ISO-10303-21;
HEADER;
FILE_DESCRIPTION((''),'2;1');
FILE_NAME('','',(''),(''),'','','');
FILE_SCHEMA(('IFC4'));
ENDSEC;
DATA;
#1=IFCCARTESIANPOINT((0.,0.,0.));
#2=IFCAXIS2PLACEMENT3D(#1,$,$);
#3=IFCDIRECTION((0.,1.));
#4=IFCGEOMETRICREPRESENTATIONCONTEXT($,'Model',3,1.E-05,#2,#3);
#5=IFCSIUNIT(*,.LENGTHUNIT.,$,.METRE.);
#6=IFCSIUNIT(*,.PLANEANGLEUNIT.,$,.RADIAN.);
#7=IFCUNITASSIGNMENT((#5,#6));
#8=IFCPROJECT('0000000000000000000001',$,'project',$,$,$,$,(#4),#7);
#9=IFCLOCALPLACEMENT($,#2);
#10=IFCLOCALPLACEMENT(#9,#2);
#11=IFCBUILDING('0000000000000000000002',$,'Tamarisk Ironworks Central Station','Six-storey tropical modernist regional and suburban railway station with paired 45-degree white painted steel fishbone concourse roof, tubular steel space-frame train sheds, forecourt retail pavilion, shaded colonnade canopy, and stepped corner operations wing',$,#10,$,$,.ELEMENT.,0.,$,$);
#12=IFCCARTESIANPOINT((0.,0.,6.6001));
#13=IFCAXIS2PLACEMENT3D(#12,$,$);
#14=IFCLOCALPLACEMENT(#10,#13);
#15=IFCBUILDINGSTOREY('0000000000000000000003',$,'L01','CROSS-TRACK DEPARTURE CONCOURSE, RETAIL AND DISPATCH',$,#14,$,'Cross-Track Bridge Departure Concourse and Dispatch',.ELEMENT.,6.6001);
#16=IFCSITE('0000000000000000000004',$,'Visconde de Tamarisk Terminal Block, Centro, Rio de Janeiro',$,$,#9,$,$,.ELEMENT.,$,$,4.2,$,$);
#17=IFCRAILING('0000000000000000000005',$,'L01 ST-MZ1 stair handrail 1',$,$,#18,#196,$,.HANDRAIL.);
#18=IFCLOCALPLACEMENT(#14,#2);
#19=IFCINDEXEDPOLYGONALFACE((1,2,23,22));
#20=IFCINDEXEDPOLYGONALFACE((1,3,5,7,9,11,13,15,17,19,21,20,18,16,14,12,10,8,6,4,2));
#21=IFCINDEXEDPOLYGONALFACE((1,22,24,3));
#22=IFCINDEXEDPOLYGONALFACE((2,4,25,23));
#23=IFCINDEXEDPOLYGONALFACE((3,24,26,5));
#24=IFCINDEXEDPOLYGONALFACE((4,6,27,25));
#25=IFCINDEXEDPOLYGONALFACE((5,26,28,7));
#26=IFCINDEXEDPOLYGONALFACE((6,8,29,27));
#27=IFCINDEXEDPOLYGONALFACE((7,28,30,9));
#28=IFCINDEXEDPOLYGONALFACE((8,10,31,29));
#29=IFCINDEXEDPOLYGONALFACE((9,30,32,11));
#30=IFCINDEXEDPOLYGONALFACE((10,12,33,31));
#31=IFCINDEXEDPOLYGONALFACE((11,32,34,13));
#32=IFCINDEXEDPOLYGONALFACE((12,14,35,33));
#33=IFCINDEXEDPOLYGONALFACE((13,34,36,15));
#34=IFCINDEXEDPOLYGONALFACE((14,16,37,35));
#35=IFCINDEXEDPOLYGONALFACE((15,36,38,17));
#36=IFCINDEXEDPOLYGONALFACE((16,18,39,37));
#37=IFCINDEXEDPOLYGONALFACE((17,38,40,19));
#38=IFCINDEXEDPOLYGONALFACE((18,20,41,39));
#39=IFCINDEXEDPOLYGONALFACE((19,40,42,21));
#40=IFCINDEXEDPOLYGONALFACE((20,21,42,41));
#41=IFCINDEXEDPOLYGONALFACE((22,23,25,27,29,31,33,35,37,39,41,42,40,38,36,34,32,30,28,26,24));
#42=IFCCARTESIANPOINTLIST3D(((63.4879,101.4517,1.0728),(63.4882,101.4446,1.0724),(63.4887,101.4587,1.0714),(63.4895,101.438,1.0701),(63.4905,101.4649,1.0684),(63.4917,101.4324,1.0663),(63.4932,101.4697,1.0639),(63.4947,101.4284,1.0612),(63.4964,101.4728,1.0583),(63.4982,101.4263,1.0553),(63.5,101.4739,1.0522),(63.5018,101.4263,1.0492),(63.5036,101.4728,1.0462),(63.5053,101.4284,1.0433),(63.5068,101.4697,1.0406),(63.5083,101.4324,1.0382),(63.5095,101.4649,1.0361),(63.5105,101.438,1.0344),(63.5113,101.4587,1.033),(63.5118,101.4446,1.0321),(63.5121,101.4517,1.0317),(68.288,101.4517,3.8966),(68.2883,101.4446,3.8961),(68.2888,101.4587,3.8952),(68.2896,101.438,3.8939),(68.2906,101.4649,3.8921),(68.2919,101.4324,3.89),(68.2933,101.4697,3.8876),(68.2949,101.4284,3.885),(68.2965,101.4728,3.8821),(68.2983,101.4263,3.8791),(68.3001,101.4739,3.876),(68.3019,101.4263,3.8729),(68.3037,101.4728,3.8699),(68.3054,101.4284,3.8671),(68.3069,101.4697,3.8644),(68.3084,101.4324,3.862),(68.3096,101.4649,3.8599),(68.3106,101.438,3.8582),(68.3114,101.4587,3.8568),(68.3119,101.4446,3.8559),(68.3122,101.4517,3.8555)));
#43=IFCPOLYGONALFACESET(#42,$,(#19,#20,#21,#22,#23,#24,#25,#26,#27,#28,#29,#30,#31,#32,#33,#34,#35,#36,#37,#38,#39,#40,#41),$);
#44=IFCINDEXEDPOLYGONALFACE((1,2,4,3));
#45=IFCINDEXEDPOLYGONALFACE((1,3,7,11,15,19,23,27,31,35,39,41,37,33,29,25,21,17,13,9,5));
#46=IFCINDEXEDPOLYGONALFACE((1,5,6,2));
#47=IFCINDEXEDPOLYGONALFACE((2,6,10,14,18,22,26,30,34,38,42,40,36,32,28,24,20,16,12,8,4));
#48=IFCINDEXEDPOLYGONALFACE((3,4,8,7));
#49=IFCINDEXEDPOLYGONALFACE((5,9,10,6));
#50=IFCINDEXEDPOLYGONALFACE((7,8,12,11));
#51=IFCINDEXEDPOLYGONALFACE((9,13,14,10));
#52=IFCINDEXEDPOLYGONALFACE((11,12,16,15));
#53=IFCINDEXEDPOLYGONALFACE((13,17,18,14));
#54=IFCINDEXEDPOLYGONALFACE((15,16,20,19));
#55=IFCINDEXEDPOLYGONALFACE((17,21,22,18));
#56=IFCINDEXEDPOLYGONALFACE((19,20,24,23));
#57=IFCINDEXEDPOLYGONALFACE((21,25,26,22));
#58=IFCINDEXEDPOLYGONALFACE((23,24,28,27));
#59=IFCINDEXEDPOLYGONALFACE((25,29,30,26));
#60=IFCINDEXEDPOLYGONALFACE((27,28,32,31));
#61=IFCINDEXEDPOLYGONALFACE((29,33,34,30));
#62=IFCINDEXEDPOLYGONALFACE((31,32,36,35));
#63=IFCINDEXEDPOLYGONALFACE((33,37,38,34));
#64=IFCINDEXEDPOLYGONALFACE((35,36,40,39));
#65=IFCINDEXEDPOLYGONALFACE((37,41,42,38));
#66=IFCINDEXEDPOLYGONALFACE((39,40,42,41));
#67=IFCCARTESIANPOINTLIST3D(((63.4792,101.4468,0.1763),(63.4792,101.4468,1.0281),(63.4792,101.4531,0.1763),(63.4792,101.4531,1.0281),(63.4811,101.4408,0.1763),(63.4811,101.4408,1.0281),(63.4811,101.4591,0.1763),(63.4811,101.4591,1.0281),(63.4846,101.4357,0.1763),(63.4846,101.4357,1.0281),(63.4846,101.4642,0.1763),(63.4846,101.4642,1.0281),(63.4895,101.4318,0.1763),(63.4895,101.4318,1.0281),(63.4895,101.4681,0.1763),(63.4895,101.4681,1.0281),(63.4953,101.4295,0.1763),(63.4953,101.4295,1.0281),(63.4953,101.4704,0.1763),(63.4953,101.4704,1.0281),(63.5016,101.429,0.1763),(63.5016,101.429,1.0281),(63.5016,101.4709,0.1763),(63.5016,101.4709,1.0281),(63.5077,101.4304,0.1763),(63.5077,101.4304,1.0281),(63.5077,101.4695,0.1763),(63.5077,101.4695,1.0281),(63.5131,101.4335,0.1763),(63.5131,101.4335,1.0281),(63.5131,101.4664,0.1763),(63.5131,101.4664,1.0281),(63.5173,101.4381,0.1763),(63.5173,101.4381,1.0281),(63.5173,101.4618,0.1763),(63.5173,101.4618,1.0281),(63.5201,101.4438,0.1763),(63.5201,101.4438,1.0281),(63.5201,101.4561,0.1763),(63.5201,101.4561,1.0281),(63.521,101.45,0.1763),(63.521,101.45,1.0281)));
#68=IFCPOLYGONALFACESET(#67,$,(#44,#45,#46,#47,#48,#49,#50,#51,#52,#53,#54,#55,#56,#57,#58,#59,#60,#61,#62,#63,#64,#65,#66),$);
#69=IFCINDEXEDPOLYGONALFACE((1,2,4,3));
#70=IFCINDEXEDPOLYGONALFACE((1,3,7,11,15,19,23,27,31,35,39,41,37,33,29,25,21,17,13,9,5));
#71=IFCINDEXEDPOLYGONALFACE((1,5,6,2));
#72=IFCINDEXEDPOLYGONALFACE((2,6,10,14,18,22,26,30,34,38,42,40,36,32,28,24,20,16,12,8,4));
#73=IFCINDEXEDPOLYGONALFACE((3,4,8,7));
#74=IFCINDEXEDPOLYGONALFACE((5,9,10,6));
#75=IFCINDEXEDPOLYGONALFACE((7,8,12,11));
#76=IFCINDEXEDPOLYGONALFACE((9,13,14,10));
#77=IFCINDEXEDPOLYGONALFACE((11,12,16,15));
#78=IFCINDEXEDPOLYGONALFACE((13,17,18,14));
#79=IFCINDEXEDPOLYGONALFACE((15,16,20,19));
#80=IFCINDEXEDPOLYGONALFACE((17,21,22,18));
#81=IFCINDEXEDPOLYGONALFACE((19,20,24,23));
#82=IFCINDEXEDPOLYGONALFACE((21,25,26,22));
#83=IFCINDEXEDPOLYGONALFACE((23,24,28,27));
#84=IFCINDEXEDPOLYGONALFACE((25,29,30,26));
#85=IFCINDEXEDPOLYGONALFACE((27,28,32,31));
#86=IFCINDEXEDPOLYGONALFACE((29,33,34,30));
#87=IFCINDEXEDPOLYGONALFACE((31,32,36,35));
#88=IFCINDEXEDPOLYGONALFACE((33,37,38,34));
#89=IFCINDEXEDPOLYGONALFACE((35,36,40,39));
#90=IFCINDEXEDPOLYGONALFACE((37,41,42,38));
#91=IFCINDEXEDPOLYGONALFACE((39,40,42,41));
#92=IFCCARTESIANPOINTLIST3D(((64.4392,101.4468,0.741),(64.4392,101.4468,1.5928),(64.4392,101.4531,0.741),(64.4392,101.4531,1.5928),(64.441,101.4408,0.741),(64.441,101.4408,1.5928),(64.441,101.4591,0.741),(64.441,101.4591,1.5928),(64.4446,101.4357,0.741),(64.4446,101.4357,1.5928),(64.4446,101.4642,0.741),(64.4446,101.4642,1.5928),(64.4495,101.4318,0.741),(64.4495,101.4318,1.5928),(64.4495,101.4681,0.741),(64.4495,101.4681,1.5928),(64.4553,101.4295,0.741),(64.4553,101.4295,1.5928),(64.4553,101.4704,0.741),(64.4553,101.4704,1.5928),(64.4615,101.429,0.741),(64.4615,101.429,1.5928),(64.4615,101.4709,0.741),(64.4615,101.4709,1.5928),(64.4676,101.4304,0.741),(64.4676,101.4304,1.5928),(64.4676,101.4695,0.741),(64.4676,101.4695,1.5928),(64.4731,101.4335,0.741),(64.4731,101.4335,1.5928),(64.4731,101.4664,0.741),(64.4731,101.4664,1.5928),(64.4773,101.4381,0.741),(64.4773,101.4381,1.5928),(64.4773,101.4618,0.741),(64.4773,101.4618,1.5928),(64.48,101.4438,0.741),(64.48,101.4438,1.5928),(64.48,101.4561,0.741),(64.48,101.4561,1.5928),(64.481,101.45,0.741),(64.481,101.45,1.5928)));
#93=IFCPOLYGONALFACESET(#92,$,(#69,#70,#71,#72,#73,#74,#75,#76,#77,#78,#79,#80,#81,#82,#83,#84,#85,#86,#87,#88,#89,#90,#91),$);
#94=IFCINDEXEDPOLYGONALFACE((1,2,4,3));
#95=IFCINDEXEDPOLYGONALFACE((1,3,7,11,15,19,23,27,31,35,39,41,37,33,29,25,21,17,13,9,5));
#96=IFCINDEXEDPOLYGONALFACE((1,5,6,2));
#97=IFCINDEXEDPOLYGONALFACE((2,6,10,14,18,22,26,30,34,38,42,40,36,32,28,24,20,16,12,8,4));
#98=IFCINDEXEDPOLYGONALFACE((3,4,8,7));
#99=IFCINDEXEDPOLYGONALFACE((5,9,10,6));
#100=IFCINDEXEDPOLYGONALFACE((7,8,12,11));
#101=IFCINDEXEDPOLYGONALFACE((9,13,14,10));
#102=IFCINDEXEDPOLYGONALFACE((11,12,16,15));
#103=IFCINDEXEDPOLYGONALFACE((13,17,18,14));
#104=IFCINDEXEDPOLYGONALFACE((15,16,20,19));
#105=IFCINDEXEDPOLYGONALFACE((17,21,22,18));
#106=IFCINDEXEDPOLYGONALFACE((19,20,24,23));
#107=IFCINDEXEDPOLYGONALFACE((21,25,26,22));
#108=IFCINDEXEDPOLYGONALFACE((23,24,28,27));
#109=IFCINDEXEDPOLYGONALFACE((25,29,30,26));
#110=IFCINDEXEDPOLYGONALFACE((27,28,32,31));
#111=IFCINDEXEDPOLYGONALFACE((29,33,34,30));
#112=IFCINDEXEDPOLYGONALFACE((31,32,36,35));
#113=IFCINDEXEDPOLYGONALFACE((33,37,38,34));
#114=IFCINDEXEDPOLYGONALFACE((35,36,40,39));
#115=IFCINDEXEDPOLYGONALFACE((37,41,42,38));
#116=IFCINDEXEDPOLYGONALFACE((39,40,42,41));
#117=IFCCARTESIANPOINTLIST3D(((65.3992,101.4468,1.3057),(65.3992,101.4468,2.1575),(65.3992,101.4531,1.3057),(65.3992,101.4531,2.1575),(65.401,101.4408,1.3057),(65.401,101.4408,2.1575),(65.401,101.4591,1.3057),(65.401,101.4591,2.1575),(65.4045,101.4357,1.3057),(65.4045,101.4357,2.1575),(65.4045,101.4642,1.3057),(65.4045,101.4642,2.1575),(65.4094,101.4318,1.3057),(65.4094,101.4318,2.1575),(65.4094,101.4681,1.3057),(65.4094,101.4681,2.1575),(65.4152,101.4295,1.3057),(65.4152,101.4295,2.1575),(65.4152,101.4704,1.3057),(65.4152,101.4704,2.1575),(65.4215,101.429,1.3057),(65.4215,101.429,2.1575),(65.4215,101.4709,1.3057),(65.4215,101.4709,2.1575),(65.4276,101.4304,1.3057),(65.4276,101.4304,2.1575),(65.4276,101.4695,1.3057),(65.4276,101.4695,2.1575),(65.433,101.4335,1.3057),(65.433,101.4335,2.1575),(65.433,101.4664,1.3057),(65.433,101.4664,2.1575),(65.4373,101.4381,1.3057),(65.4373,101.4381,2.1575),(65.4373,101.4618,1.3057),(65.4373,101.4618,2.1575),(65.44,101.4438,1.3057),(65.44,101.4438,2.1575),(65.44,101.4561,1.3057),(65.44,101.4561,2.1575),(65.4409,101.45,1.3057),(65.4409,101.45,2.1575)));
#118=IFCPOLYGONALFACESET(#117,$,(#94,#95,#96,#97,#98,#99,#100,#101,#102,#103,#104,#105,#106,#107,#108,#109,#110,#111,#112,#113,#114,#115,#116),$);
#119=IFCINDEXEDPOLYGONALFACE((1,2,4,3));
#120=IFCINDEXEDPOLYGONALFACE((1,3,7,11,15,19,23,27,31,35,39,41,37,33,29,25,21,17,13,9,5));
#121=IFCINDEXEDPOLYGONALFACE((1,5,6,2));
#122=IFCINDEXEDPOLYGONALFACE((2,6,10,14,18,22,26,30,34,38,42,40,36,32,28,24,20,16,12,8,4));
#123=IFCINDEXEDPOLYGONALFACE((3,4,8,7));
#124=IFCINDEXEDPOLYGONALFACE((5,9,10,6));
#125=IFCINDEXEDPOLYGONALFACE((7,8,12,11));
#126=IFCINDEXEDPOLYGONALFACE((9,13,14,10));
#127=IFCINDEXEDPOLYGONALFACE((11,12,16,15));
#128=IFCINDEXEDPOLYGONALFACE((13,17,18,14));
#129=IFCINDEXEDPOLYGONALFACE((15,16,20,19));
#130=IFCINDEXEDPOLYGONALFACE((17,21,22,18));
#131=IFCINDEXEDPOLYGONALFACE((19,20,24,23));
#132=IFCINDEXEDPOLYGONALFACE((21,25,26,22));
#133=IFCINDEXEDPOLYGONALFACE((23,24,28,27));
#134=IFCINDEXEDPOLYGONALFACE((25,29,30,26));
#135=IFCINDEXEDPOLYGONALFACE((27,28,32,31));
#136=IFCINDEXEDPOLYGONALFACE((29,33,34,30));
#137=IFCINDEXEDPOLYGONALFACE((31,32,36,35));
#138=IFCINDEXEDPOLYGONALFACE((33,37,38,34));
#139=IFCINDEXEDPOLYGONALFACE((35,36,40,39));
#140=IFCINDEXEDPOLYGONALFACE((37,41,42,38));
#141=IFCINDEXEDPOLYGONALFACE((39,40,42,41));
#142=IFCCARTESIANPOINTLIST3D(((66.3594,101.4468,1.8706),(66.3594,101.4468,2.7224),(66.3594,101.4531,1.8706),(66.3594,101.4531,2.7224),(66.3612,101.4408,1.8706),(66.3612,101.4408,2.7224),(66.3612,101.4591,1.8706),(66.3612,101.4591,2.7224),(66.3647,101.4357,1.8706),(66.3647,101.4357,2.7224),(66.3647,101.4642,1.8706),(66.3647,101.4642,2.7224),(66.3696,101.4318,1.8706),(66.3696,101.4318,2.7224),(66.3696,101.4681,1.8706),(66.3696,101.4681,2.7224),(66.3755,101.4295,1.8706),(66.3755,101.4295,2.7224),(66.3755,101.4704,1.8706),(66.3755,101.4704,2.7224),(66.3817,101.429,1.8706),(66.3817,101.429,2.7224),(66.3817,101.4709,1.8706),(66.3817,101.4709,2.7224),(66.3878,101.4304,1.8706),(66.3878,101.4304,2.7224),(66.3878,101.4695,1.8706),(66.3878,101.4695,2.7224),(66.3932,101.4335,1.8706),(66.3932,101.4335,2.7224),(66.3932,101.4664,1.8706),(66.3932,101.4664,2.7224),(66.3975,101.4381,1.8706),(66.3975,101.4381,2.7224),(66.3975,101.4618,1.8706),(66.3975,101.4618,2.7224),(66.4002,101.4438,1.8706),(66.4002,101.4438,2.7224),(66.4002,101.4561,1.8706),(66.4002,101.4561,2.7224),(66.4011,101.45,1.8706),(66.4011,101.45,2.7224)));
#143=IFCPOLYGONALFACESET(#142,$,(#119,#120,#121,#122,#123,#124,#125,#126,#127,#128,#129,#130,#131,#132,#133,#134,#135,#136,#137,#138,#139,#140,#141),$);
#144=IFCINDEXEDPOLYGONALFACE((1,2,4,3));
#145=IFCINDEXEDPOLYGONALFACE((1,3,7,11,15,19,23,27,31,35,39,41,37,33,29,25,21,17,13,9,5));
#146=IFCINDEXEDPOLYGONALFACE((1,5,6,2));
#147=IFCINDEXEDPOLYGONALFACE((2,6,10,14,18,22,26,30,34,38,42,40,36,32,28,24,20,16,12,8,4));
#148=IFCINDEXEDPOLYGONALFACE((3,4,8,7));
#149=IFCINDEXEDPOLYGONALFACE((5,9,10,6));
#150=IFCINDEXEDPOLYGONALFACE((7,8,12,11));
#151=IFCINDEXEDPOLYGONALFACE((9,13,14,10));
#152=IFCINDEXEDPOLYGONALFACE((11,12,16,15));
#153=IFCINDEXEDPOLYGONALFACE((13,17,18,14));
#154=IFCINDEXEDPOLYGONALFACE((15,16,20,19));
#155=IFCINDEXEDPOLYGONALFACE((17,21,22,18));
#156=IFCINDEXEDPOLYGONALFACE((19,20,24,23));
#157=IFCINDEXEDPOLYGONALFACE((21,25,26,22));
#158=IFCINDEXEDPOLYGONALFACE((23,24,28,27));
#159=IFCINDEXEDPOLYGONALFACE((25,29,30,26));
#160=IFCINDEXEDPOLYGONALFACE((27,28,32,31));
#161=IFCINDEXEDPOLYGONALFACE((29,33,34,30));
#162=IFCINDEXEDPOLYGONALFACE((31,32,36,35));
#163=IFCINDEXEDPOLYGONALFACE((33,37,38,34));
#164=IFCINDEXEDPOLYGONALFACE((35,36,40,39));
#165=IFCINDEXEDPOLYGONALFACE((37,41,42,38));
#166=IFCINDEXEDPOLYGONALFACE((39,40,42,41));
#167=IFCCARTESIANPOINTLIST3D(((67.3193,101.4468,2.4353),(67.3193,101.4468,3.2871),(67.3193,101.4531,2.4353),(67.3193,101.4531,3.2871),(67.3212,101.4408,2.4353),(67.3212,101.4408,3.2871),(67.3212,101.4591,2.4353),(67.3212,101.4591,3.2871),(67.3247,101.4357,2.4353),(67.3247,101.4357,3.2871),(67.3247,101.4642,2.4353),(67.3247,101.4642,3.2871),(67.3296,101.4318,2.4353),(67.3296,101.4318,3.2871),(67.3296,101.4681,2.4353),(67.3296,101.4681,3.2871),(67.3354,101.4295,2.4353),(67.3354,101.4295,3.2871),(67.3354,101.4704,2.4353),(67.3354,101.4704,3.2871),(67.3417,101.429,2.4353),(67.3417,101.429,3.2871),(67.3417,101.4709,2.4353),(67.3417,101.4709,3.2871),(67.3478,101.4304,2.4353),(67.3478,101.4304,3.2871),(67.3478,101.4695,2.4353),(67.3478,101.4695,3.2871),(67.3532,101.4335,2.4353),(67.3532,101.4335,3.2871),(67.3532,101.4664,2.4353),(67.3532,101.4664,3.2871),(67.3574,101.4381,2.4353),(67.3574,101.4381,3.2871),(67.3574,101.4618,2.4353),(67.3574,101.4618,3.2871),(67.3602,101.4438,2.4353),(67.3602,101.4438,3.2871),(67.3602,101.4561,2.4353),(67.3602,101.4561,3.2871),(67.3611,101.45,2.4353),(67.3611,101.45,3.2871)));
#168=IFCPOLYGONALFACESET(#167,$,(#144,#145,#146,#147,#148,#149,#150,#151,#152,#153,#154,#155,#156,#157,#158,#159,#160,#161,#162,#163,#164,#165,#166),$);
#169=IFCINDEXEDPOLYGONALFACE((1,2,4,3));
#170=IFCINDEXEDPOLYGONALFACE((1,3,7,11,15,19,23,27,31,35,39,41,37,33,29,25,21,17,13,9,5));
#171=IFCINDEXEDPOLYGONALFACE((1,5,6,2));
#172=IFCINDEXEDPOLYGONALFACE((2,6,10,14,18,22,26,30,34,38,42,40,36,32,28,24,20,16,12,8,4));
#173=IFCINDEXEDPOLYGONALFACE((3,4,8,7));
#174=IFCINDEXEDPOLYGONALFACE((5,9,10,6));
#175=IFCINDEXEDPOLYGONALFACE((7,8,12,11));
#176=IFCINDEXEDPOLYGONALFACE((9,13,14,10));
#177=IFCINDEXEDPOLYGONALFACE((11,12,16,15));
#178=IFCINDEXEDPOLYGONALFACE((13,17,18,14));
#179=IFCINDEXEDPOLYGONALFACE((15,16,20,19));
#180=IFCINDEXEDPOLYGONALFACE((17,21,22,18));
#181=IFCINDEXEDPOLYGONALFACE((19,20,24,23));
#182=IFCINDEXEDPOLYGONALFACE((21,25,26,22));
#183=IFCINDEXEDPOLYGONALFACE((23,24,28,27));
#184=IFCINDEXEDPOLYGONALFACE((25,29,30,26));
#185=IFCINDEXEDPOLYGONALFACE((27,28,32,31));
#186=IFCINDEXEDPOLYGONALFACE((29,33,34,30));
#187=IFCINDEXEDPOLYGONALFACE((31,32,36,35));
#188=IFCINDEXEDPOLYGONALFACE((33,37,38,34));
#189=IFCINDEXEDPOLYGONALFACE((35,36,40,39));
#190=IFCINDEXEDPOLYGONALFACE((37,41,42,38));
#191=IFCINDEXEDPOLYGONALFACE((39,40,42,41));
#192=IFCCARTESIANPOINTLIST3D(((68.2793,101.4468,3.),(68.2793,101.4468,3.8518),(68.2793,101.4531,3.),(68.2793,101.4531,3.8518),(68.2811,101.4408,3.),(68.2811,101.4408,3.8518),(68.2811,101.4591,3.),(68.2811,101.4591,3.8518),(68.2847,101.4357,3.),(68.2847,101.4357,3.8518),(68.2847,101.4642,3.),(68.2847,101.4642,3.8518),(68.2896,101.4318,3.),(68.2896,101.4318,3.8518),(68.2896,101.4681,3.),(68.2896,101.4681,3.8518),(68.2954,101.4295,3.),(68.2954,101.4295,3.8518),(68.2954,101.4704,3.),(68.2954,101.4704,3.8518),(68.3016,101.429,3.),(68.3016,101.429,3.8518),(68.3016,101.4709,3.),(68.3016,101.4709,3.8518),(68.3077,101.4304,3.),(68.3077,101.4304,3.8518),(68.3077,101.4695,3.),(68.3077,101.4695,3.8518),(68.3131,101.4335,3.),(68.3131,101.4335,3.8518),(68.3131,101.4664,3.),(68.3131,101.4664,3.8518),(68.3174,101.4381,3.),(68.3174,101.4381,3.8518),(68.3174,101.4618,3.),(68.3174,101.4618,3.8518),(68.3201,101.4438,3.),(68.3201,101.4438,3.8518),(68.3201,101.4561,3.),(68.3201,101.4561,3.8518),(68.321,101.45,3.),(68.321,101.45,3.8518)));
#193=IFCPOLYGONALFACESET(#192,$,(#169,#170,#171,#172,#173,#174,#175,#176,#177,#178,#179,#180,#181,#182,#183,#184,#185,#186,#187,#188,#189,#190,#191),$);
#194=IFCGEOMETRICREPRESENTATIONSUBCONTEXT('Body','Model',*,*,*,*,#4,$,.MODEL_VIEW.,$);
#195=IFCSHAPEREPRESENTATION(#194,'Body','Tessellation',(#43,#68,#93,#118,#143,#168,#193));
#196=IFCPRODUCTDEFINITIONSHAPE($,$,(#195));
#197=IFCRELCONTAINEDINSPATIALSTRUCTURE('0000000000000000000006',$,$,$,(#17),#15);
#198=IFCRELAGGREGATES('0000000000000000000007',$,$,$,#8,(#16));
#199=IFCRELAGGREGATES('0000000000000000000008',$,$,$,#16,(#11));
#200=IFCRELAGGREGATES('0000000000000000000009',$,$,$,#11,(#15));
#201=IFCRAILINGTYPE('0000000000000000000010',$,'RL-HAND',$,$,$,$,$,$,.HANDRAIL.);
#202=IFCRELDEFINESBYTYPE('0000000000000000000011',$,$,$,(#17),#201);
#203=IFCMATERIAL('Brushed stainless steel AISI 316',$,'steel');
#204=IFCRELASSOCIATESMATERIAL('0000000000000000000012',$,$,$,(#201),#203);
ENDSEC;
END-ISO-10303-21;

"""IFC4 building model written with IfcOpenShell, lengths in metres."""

from ifc_helpers import new_model, si_unit, direction, frame, origin, origin_2d, place, context, subcontext, project, spatial, circle, extrude, material, type_object, element, save


model = new_model("IFC4")

# Units and contexts
model_context = context("Model", 3, precision=1e-05, world=origin(), true_north=direction((0.0, 1.0)))
body_context = subcontext(model_context, "Body", "Model", "MODEL_VIEW")
ifc_project = project(units=[si_unit("LENGTHUNIT", "METRE"), si_unit("PLANEANGLEUNIT", "RADIAN")], contexts=[model_context])

# Site, building, storey
site_placement = place(None, origin())
site = spatial("IfcSite", under=ifc_project, at=site_placement, Name="Visconde de Tamarisk Terminal Block, Centro, Rio de Janeiro", CompositionType="ELEMENT", RefElevation=4.2)
building_placement = place(site_placement, origin())
building = spatial("IfcBuilding", under=site, at=building_placement, Name="Tamarisk Ironworks Central Station", Description="Six-storey tropical modernist regional and suburban railway station with paired 45-degree white painted steel fishbone concourse roof, tubular steel space-frame train sheds, forecourt retail pavilion, shaded colonnade canopy, and stepped corner operations wing", CompositionType="ELEMENT", ElevationOfRefHeight=0.0)
storey_placement = place(building_placement, frame((0.0, 0.0, 6.6001)))
storey = spatial("IfcBuildingStorey", under=building, at=storey_placement, Name="L01", Description="CROSS-TRACK DEPARTURE CONCOURSE, RETAIL AND DISPATCH", LongName="Cross-Track Bridge Departure Concourse and Dispatch", CompositionType="ELEMENT", Elevation=6.6001)

# Shared definitions
ifc_material_1 = material(Name="Brushed stainless steel AISI 316", Category="steel")

# Railing
railing_type_1 = type_object("IfcRailingType", Name="RL-HAND", PredefinedType="HANDRAIL", material=ifc_material_1)
railing_1_placement = place(storey_placement, frame((63.5, 101.45, 0.1763)))
element("IfcRailing", 1, at=railing_1_placement, inside=storey, type_object=railing_type_1, Name="L01 ST-MZ1 stair handrail 1", PredefinedType="HANDRAIL", context=body_context, shape_type="SweptSolid", body=[
    extrude(circle(Radius=0.0239, at=origin_2d()), frame((0.0, 0.0, 0.876), z_axis=(0.861921, 0.0, 0.507043), x_axis=(0.0, 1.0, 0.0)), (0.0, 0.0, 1.0), 5.5691),
    extrude(circle(Radius=0.021, at=origin_2d()), origin(), (0.0, 0.0, 1.0), 0.8518),
    extrude(circle(Radius=0.021, at=origin_2d()), frame((0.96, 0.0, 0.5647)), (0.0, 0.0, 1.0), 0.8518),
    extrude(circle(Radius=0.021, at=origin_2d()), frame((1.9199, 0.0, 1.1294)), (0.0, 0.0, 1.0), 0.8518),
    extrude(circle(Radius=0.021, at=origin_2d()), frame((2.8801, 0.0, 1.6943)), (0.0, 0.0, 1.0), 0.8518),
    extrude(circle(Radius=0.021, at=origin_2d()), frame((3.8401, 0.0, 2.259)), (0.0, 0.0, 1.0), 0.8518),
    extrude(circle(Radius=0.021, at=origin_2d()), frame((4.8, 0.0, 2.8237)), (0.0, 0.0, 1.0), 0.8518),
])

save(model, "model.ifc")
